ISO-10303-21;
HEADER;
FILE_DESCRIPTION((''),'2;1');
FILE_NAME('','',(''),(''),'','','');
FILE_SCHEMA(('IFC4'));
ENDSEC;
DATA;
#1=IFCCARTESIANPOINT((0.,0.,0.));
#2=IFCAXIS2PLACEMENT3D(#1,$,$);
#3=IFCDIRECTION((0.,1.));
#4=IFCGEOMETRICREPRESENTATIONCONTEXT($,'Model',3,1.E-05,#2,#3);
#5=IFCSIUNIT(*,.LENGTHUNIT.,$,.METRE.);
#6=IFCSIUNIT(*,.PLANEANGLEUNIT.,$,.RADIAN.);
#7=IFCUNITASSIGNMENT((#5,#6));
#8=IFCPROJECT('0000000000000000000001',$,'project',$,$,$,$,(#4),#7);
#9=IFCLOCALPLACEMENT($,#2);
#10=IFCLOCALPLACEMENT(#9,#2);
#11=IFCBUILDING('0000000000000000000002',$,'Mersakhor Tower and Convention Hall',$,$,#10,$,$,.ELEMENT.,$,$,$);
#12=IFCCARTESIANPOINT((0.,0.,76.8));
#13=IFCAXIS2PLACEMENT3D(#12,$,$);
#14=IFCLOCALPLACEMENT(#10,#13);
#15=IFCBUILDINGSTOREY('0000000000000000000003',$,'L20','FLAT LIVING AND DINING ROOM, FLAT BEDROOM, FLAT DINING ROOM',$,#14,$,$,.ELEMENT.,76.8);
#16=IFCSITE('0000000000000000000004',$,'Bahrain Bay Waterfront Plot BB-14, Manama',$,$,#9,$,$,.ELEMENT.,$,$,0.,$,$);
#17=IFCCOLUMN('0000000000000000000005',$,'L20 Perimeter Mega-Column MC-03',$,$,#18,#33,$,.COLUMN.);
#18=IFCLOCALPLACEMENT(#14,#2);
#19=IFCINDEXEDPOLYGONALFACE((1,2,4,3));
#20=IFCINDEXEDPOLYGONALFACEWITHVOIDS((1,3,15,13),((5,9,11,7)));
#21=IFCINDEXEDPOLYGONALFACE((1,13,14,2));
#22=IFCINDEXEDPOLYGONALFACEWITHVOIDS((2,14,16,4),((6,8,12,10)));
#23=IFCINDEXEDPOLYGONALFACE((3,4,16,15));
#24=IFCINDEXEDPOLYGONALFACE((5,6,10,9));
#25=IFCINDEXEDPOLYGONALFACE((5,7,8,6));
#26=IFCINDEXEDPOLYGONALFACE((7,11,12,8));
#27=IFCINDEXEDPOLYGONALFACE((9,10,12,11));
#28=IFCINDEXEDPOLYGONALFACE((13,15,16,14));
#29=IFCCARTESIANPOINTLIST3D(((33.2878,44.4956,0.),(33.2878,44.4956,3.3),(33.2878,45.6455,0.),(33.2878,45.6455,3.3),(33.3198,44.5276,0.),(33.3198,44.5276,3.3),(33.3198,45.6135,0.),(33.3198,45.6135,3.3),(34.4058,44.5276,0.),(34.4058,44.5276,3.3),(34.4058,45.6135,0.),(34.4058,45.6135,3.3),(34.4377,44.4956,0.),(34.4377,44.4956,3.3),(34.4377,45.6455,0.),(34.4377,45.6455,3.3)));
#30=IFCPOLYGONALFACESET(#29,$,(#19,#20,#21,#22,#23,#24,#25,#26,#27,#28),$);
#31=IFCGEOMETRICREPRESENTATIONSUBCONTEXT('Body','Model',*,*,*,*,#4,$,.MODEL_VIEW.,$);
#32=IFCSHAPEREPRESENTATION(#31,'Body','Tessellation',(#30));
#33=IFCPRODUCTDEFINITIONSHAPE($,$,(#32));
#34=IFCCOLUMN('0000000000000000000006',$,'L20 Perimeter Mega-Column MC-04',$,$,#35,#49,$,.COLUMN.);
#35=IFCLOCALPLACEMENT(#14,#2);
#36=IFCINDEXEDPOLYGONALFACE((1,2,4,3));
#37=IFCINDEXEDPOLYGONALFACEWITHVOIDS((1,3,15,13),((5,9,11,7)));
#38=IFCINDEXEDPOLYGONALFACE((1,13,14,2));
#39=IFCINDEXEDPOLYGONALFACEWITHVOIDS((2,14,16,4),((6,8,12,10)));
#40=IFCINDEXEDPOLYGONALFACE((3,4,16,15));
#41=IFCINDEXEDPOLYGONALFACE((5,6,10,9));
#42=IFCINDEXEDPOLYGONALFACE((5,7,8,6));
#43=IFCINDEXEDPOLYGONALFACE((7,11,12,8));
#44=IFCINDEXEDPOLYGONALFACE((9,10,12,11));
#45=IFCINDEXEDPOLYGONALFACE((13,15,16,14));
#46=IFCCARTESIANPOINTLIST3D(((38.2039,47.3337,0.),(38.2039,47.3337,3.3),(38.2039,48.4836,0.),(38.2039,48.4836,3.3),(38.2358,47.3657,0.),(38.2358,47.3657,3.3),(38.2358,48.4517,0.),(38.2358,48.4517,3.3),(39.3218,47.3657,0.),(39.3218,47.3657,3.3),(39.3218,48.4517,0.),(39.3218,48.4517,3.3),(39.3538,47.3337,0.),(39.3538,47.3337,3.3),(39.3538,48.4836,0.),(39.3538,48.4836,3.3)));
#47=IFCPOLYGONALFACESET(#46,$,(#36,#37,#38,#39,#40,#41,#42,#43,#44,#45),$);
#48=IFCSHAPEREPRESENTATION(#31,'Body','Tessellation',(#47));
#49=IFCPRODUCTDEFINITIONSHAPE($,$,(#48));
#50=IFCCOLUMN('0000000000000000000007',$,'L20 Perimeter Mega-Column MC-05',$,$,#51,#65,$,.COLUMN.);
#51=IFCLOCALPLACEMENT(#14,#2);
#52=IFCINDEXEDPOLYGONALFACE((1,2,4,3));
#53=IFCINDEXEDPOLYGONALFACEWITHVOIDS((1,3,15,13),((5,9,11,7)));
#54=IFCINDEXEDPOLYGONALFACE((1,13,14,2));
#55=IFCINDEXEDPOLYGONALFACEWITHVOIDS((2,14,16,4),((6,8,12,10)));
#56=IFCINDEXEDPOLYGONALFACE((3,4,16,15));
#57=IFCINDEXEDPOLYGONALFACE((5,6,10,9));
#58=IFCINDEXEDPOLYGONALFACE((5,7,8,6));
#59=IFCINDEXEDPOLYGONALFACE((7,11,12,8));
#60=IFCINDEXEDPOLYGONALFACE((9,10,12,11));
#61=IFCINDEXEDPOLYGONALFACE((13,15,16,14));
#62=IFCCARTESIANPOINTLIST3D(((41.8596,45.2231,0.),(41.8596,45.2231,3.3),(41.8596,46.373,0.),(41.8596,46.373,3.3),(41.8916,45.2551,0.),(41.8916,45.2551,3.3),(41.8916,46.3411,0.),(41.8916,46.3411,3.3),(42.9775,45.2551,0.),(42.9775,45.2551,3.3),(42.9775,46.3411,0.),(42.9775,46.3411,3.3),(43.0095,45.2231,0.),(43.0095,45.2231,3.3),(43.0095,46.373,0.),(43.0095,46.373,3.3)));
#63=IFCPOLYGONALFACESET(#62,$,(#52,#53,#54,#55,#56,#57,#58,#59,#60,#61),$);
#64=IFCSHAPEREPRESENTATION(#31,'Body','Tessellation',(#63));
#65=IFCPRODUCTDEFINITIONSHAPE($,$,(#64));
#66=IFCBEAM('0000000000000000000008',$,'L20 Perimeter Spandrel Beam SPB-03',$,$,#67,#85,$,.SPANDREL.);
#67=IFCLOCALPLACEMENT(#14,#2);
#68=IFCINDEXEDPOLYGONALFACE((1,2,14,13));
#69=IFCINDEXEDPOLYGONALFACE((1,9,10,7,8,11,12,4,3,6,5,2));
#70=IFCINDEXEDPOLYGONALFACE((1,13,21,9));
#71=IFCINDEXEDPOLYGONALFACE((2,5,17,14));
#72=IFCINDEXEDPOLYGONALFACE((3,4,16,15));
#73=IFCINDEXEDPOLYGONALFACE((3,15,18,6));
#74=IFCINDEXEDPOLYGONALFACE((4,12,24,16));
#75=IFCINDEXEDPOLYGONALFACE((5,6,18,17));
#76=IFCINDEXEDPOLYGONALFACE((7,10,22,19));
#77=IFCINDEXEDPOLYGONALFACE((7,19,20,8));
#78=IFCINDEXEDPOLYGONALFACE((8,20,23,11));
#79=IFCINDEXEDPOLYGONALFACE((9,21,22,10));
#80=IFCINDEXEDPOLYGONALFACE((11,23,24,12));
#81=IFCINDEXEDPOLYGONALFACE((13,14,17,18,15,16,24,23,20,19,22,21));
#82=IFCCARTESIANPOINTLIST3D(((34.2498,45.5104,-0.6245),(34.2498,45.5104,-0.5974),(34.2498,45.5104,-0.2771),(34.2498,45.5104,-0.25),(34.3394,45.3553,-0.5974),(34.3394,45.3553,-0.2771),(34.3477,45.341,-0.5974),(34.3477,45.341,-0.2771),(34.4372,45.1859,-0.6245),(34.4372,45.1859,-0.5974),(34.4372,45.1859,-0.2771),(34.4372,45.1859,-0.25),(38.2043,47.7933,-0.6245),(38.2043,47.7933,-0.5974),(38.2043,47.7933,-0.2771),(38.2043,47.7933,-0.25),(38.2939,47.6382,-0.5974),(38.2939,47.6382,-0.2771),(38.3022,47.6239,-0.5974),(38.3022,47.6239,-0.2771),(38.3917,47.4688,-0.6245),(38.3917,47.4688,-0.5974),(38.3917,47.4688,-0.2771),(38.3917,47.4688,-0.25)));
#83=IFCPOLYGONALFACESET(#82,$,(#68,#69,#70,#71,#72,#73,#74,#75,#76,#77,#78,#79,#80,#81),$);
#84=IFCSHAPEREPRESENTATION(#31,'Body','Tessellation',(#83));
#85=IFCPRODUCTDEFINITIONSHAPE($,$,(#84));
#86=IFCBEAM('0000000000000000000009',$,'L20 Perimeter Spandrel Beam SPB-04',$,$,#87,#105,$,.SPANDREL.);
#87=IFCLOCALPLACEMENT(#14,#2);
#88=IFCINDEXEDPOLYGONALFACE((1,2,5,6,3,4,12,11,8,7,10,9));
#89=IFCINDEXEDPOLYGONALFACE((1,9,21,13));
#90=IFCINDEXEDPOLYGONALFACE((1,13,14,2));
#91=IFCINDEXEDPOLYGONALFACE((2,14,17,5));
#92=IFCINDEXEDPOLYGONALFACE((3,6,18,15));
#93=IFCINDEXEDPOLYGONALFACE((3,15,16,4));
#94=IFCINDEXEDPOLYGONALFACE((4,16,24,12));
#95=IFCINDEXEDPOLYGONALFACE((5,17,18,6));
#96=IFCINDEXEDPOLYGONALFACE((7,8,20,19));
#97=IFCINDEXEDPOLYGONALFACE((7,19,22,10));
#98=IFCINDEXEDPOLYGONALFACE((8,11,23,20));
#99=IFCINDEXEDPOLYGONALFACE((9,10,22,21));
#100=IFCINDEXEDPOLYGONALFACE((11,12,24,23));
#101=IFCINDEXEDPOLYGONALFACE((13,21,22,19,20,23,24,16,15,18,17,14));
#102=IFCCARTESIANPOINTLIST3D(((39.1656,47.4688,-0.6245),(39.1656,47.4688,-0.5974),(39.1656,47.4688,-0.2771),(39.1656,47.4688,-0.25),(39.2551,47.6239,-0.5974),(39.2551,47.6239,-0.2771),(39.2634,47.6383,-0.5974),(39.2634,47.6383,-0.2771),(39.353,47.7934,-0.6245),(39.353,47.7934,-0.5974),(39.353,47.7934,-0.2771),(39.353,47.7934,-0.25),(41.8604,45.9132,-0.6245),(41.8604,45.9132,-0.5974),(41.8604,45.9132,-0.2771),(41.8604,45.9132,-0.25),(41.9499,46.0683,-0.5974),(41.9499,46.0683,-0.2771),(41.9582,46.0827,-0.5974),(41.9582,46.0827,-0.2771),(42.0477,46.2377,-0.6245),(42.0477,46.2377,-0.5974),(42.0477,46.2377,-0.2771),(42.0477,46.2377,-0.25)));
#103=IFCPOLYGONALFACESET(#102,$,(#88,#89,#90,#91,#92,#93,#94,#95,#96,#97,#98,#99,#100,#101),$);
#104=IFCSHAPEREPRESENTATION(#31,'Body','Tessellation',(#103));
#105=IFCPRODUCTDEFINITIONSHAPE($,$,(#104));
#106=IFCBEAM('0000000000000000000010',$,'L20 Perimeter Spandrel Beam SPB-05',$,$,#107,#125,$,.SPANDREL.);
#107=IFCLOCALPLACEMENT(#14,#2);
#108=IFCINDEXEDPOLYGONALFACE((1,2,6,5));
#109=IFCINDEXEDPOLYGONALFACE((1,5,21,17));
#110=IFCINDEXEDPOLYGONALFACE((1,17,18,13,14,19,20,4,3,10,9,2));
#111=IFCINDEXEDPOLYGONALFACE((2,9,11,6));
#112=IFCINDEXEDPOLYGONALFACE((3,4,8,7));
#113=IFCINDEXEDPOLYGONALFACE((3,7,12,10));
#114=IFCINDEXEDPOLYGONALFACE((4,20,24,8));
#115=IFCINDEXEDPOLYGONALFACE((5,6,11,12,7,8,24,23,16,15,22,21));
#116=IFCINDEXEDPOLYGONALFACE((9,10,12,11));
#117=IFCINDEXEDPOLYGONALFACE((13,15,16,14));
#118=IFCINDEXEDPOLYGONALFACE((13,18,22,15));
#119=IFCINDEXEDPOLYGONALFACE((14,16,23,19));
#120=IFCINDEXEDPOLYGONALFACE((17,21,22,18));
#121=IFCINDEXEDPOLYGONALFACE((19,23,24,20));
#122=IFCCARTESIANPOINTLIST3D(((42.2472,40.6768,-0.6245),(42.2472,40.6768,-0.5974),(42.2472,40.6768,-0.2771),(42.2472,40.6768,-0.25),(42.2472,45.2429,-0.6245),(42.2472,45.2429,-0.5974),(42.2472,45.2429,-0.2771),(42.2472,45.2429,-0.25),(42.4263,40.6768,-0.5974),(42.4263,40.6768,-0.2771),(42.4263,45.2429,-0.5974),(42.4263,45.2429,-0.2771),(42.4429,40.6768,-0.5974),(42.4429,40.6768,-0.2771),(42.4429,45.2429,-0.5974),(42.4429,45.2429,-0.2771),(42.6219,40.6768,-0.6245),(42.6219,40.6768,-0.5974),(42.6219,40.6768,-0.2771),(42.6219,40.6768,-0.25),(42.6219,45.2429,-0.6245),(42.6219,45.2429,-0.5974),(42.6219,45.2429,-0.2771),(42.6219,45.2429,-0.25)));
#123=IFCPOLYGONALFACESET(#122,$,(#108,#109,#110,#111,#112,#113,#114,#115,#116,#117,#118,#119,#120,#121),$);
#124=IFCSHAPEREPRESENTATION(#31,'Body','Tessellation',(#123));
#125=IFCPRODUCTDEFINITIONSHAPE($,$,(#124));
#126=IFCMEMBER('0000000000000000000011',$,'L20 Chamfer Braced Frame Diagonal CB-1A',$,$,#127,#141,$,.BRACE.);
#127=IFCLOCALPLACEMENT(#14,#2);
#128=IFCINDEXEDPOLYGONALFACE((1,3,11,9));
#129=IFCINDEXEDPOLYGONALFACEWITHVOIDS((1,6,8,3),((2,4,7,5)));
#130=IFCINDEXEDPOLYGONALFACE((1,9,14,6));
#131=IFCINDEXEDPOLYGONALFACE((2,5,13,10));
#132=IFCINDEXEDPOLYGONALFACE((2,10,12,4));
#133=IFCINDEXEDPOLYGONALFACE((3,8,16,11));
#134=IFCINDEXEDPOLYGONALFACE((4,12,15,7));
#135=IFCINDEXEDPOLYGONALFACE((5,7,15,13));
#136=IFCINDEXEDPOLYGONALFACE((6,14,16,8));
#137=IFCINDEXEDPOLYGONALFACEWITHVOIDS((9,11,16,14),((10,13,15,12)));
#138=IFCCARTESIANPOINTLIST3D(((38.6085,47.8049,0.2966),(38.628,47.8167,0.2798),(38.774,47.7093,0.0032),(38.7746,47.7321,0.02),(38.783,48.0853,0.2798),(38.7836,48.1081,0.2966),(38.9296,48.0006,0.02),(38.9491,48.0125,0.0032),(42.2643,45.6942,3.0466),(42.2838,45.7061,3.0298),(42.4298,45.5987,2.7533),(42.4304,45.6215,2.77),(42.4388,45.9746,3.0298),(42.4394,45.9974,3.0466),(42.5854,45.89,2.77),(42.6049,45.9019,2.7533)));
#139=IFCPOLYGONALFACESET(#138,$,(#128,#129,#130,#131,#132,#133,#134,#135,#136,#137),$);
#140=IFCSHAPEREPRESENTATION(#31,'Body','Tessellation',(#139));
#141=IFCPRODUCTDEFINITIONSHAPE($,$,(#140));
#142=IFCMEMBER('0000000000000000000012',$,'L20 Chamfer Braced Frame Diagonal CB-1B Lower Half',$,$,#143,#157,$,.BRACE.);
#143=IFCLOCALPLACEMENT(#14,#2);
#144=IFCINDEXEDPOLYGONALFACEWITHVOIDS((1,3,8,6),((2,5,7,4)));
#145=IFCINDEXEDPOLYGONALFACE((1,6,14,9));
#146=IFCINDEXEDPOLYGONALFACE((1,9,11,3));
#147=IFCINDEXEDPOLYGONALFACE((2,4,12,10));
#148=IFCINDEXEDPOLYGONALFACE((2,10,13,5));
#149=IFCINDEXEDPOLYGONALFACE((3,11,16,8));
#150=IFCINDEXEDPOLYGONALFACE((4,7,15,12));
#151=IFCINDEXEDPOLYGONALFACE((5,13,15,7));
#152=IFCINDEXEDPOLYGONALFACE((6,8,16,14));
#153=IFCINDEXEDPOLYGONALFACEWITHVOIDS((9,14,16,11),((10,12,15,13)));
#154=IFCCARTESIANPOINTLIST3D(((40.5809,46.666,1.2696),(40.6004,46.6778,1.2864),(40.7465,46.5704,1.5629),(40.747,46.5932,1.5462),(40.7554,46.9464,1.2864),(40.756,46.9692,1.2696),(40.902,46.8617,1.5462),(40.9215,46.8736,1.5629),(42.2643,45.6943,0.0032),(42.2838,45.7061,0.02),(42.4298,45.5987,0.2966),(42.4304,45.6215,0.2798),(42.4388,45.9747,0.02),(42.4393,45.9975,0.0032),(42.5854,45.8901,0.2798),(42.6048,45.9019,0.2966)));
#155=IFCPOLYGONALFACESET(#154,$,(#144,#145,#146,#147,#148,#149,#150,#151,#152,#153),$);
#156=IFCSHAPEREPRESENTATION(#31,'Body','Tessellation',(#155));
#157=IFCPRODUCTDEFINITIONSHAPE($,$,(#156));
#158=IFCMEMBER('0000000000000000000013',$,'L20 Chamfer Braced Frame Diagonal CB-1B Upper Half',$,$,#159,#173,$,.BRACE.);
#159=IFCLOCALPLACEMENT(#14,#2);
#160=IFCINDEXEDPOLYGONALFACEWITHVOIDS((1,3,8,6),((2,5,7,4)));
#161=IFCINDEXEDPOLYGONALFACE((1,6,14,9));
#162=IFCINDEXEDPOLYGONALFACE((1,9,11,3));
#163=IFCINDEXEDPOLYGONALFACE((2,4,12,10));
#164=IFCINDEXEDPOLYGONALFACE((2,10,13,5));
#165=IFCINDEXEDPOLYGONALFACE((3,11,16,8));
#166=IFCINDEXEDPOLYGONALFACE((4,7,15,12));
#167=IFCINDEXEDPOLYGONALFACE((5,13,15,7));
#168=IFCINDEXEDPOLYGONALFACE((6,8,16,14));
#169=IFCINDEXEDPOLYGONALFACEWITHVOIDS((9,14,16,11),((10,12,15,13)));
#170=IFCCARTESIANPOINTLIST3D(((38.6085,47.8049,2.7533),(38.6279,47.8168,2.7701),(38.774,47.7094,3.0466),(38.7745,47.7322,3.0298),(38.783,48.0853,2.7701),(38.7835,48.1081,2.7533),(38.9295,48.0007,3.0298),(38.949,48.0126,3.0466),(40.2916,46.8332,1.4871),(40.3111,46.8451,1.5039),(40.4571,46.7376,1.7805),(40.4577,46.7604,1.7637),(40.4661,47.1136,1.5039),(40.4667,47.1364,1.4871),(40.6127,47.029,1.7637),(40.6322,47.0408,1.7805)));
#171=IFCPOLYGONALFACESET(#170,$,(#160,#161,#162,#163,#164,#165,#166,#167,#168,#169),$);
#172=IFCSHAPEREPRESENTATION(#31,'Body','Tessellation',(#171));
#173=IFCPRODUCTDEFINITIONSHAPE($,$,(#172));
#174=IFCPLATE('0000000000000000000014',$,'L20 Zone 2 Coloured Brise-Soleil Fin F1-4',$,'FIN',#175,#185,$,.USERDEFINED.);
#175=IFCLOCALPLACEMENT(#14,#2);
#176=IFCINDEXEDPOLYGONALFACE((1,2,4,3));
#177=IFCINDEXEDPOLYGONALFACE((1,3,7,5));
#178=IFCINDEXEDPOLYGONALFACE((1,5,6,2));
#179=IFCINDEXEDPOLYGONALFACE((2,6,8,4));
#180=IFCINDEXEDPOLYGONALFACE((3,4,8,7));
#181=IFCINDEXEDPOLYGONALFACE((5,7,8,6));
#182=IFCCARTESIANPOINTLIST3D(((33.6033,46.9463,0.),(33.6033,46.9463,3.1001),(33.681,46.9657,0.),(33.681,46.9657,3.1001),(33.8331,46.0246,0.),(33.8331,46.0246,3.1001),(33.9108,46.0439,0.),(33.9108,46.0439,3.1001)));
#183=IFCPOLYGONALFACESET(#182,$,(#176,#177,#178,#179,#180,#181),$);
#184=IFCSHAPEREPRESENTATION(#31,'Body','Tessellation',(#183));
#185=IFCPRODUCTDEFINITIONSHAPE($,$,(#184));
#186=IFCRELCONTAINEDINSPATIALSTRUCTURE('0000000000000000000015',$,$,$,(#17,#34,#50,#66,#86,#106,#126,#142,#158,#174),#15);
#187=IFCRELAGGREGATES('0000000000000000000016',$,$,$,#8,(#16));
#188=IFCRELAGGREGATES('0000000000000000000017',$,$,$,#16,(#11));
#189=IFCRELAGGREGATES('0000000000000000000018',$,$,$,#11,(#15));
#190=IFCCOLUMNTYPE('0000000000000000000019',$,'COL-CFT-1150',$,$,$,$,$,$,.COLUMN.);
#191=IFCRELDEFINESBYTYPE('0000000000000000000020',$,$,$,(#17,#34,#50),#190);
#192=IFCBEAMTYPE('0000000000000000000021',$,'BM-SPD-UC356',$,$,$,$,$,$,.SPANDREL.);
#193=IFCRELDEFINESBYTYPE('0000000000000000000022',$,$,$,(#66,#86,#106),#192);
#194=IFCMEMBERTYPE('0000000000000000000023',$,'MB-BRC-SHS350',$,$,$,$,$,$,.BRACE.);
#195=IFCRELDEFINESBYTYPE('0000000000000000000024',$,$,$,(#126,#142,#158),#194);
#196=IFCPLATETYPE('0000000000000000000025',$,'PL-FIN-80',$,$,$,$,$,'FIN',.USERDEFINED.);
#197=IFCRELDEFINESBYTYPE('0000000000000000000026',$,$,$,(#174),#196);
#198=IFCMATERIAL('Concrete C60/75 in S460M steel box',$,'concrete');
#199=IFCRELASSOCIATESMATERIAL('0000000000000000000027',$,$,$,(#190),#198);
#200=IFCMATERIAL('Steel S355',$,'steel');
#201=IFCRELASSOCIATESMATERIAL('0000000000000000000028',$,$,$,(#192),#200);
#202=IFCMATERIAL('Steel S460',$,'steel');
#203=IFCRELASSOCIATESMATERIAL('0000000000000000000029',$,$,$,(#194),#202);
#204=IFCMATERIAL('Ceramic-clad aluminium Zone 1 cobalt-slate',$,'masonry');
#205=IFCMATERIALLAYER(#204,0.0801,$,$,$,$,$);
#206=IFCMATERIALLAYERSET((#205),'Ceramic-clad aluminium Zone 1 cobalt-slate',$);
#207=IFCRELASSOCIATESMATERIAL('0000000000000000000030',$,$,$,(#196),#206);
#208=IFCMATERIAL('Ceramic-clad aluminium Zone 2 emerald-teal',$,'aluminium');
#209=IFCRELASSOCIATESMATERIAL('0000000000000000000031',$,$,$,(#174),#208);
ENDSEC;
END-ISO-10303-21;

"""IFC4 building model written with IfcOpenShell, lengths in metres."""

from ifc_helpers import new_model, si_unit, direction, frame, origin, origin_2d, place, context, subcontext, project, spatial, rectangle, hollow_rectangle, i_section, extrude, material, layer, layer_set, material_profile, profile_set, type_object, element, save


model = new_model("IFC4")

# Units and contexts
model_context = context("Model", 3, precision=1e-05, world=origin(), true_north=direction((0.0, 1.0)))
body_context = subcontext(model_context, "Body", "Model", "MODEL_VIEW")
ifc_project = project(units=[si_unit("LENGTHUNIT", "METRE"), si_unit("PLANEANGLEUNIT", "RADIAN")], contexts=[model_context])

# Site, building, storey
site_placement = place(None, origin())
site = spatial("IfcSite", under=ifc_project, at=site_placement, Name="Bahrain Bay Waterfront Plot BB-14, Manama", CompositionType="ELEMENT", RefElevation=0.0)
building_placement = place(site_placement, origin())
building = spatial("IfcBuilding", under=site, at=building_placement, Name="Mersakhor Tower and Convention Hall", CompositionType="ELEMENT")
storey_placement = place(building_placement, frame((0.0, 0.0, 76.8)))
storey = spatial("IfcBuildingStorey", under=building, at=storey_placement, Name="L20", Description="FLAT LIVING AND DINING ROOM, FLAT BEDROOM, FLAT DINING ROOM", CompositionType="ELEMENT", Elevation=76.8)

# Columns
ifc_material_1 = material(Name="Concrete C60/75 in S460M steel box", Category="concrete")
ifc_material_profile_1 = material_profile(ifc_material_1, hollow_rectangle(XDim=1.1499, YDim=1.1499, WallThickness=0.032, at=origin_2d()), Name="SHS 1150x1150x32")
ifc_profile_set_1 = profile_set([ifc_material_profile_1], Name="Concrete C60/75 in S460M steel box")
column_type = type_object("IfcColumnType", Name="COL-CFT-1150", PredefinedType="COLUMN", material=ifc_profile_set_1)
for number, where, z_axis, x_axis, name in (
    (1, (33.8628, 45.0706, 0.0), (0.0, 0.0, 1.0), (1.0, 0.0, 0.0), "L20 Perimeter Mega-Column MC-03"),
    (2, (38.7788, 47.9087, 0.0), (0.0, 0.0, 1.0), (1.0, 0.0, 0.0), "L20 Perimeter Mega-Column MC-04"),
    (3, (42.4346, 45.7981, 0.0), (0.0, 0.0, 1.0), (1.0, 0.0, 0.0), "L20 Perimeter Mega-Column MC-05"),
):
    element("IfcColumn", number, at=place(storey_placement, frame(where, z_axis=z_axis, x_axis=x_axis)), inside=storey, type_object=column_type, Name=name, PredefinedType="COLUMN", context=body_context, shape_type="SweptSolid", body=[
        extrude(hollow_rectangle(XDim=1.1499, YDim=1.1499, WallThickness=0.032, at=origin_2d()), origin(), (0.0, 0.0, 1.0), 3.3),
    ])

# Beams
ifc_material_2 = material(Name="Steel S355", Category="steel")
ifc_material_profile_2 = material_profile(ifc_material_2, i_section(OverallWidth=0.3748, OverallDepth=0.3745, WebThickness=0.0166, FlangeThickness=0.0271, at=origin_2d()), Name="UC 356x368x202")
ifc_profile_set_2 = profile_set([ifc_material_profile_2], Name="Steel S355")
beam_type = type_object("IfcBeamType", Name="BM-SPD-UC356", PredefinedType="SPANDREL", material=ifc_profile_set_2)
beam_1_placement = place(storey_placement, frame((34.3435, 45.3481, -0.4373), z_axis=(0.866047, 0.499963, 0.0), x_axis=(-0.499963, 0.866047, 0.0)))
element("IfcBeam", 4, at=beam_1_placement, inside=storey, type_object=beam_type, Name="L20 Perimeter Spandrel Beam SPB-03", PredefinedType="SPANDREL", context=body_context, shape_type="SweptSolid", body=[
    extrude(i_section(OverallWidth=0.3748, OverallDepth=0.3745, WebThickness=0.0166, FlangeThickness=0.0271, at=origin_2d()), origin(), (0.0, 0.0, 1.0), 4.5662),
])
beam_2_placement = place(storey_placement, frame((39.2593, 47.6311, -0.4373), z_axis=(0.866052, -0.499953, 0.0), x_axis=(0.499953, 0.866052, 0.0)))
element("IfcBeam", 5, at=beam_2_placement, inside=storey, type_object=beam_type, Name="L20 Perimeter Spandrel Beam SPB-04", PredefinedType="SPANDREL", context=body_context, shape_type="SweptSolid", body=[
    extrude(i_section(OverallWidth=0.3748, OverallDepth=0.3745, WebThickness=0.0166, FlangeThickness=0.0271, at=origin_2d()), origin(), (0.0, 0.0, 1.0), 3.1116),
])
beam_3_placement = place(storey_placement, frame((42.4346, 45.2429, -0.4373), z_axis=(0.0, -1.0, 0.0), x_axis=(1.0, 0.0, 0.0)))
element("IfcBeam", 6, at=beam_3_placement, inside=storey, type_object=beam_type, Name="L20 Perimeter Spandrel Beam SPB-05", PredefinedType="SPANDREL", context=body_context, shape_type="SweptSolid", body=[
    extrude(i_section(OverallWidth=0.3748, OverallDepth=0.3745, WebThickness=0.0166, FlangeThickness=0.0271, at=origin_2d()), origin(), (0.0, 0.0, 1.0), 4.5662),
])

# Members
ifc_material_3 = material(Name="Steel S460", Category="steel")
ifc_material_profile_3 = material_profile(ifc_material_3, hollow_rectangle(XDim=0.3501, YDim=0.3501, WallThickness=0.02, at=origin_2d()), Name="SHS 350x350x20")
ifc_profile_set_3 = profile_set([ifc_material_profile_3], Name="Steel S460")
member_type = type_object("IfcMemberType", Name="MB-BRC-SHS350", PredefinedType="BRACE", material=ifc_profile_set_3)
member_1_placement = place(storey_placement, frame((38.7788, 47.9087, 0.1499), z_axis=(0.725634, -0.418933, 0.545849), x_axis=(0.499989, 0.866031, 0.0)))
element("IfcMember", 7, at=member_1_placement, inside=storey, type_object=member_type, Name="L20 Chamfer Braced Frame Diagonal CB-1A", PredefinedType="BRACE", context=body_context, shape_type="SweptSolid", body=[
    extrude(hollow_rectangle(XDim=0.3501, YDim=0.3501, WallThickness=0.02, at=origin_2d()), origin(), (0.0, 0.0, 1.0), 5.0381),
])
member_2_placement = place(storey_placement, frame((42.4346, 45.7981, 0.1499), z_axis=(-0.725643, 0.418863, 0.54589), x_axis=(-0.499922, -0.866071, 0.0)))
element("IfcMember", 8, at=member_2_placement, inside=storey, type_object=member_type, Name="L20 Chamfer Braced Frame Diagonal CB-1B Lower Half", PredefinedType="BRACE", context=body_context, shape_type="SweptSolid", body=[
    extrude(hollow_rectangle(XDim=0.3501, YDim=0.3501, WallThickness=0.02, at=origin_2d()), origin(), (0.0, 0.0, 1.0), 2.3198),
])
member_3_placement = place(storey_placement, frame((40.4619, 46.937, 1.6338), z_axis=(-0.725635, 0.418919, 0.545858), x_axis=(-0.499976, -0.866039, 0.0)))
element("IfcMember", 9, at=member_3_placement, inside=storey, type_object=member_type, Name="L20 Chamfer Braced Frame Diagonal CB-1B Upper Half", PredefinedType="BRACE", context=body_context, shape_type="SweptSolid", body=[
    extrude(hollow_rectangle(XDim=0.3501, YDim=0.3501, WallThickness=0.02, at=origin_2d()), origin(), (0.0, 0.0, 1.0), 2.3196),
])

# Plate
ifc_material_4 = material(Name="Ceramic-clad aluminium Zone 2 emerald-teal", Category="aluminium")
ifc_material_5 = material(Name="Ceramic-clad aluminium Zone 1 cobalt-slate", Category="masonry")
ifc_layer_1 = layer(ifc_material_5, 0.0801)
ifc_layer_set_1 = layer_set([ifc_layer_1], Name="Ceramic-clad aluminium Zone 1 cobalt-slate")
plate_type_1 = type_object("IfcPlateType", Name="PL-FIN-80", ElementType="FIN", PredefinedType="USERDEFINED", material=ifc_layer_set_1)
plate_1_placement = place(storey_placement, frame((33.7571, 46.4951, 0.0), z_axis=(0.0, 0.0, 1.0), x_axis=(-0.241922, 0.970296, 0.0)))
element("IfcPlate", 10, at=plate_1_placement, inside=storey, type_object=plate_type_1, material=ifc_material_4, Name="L20 Zone 2 Coloured Brise-Soleil Fin F1-4", ObjectType="FIN", PredefinedType="USERDEFINED", context=body_context, shape_type="SweptSolid", body=[
    extrude(rectangle(XDim=0.95, YDim=0.0801, at=origin_2d()), origin(), (0.0, 0.0, 1.0), 3.1001),
])

save(model, "model.ifc")
